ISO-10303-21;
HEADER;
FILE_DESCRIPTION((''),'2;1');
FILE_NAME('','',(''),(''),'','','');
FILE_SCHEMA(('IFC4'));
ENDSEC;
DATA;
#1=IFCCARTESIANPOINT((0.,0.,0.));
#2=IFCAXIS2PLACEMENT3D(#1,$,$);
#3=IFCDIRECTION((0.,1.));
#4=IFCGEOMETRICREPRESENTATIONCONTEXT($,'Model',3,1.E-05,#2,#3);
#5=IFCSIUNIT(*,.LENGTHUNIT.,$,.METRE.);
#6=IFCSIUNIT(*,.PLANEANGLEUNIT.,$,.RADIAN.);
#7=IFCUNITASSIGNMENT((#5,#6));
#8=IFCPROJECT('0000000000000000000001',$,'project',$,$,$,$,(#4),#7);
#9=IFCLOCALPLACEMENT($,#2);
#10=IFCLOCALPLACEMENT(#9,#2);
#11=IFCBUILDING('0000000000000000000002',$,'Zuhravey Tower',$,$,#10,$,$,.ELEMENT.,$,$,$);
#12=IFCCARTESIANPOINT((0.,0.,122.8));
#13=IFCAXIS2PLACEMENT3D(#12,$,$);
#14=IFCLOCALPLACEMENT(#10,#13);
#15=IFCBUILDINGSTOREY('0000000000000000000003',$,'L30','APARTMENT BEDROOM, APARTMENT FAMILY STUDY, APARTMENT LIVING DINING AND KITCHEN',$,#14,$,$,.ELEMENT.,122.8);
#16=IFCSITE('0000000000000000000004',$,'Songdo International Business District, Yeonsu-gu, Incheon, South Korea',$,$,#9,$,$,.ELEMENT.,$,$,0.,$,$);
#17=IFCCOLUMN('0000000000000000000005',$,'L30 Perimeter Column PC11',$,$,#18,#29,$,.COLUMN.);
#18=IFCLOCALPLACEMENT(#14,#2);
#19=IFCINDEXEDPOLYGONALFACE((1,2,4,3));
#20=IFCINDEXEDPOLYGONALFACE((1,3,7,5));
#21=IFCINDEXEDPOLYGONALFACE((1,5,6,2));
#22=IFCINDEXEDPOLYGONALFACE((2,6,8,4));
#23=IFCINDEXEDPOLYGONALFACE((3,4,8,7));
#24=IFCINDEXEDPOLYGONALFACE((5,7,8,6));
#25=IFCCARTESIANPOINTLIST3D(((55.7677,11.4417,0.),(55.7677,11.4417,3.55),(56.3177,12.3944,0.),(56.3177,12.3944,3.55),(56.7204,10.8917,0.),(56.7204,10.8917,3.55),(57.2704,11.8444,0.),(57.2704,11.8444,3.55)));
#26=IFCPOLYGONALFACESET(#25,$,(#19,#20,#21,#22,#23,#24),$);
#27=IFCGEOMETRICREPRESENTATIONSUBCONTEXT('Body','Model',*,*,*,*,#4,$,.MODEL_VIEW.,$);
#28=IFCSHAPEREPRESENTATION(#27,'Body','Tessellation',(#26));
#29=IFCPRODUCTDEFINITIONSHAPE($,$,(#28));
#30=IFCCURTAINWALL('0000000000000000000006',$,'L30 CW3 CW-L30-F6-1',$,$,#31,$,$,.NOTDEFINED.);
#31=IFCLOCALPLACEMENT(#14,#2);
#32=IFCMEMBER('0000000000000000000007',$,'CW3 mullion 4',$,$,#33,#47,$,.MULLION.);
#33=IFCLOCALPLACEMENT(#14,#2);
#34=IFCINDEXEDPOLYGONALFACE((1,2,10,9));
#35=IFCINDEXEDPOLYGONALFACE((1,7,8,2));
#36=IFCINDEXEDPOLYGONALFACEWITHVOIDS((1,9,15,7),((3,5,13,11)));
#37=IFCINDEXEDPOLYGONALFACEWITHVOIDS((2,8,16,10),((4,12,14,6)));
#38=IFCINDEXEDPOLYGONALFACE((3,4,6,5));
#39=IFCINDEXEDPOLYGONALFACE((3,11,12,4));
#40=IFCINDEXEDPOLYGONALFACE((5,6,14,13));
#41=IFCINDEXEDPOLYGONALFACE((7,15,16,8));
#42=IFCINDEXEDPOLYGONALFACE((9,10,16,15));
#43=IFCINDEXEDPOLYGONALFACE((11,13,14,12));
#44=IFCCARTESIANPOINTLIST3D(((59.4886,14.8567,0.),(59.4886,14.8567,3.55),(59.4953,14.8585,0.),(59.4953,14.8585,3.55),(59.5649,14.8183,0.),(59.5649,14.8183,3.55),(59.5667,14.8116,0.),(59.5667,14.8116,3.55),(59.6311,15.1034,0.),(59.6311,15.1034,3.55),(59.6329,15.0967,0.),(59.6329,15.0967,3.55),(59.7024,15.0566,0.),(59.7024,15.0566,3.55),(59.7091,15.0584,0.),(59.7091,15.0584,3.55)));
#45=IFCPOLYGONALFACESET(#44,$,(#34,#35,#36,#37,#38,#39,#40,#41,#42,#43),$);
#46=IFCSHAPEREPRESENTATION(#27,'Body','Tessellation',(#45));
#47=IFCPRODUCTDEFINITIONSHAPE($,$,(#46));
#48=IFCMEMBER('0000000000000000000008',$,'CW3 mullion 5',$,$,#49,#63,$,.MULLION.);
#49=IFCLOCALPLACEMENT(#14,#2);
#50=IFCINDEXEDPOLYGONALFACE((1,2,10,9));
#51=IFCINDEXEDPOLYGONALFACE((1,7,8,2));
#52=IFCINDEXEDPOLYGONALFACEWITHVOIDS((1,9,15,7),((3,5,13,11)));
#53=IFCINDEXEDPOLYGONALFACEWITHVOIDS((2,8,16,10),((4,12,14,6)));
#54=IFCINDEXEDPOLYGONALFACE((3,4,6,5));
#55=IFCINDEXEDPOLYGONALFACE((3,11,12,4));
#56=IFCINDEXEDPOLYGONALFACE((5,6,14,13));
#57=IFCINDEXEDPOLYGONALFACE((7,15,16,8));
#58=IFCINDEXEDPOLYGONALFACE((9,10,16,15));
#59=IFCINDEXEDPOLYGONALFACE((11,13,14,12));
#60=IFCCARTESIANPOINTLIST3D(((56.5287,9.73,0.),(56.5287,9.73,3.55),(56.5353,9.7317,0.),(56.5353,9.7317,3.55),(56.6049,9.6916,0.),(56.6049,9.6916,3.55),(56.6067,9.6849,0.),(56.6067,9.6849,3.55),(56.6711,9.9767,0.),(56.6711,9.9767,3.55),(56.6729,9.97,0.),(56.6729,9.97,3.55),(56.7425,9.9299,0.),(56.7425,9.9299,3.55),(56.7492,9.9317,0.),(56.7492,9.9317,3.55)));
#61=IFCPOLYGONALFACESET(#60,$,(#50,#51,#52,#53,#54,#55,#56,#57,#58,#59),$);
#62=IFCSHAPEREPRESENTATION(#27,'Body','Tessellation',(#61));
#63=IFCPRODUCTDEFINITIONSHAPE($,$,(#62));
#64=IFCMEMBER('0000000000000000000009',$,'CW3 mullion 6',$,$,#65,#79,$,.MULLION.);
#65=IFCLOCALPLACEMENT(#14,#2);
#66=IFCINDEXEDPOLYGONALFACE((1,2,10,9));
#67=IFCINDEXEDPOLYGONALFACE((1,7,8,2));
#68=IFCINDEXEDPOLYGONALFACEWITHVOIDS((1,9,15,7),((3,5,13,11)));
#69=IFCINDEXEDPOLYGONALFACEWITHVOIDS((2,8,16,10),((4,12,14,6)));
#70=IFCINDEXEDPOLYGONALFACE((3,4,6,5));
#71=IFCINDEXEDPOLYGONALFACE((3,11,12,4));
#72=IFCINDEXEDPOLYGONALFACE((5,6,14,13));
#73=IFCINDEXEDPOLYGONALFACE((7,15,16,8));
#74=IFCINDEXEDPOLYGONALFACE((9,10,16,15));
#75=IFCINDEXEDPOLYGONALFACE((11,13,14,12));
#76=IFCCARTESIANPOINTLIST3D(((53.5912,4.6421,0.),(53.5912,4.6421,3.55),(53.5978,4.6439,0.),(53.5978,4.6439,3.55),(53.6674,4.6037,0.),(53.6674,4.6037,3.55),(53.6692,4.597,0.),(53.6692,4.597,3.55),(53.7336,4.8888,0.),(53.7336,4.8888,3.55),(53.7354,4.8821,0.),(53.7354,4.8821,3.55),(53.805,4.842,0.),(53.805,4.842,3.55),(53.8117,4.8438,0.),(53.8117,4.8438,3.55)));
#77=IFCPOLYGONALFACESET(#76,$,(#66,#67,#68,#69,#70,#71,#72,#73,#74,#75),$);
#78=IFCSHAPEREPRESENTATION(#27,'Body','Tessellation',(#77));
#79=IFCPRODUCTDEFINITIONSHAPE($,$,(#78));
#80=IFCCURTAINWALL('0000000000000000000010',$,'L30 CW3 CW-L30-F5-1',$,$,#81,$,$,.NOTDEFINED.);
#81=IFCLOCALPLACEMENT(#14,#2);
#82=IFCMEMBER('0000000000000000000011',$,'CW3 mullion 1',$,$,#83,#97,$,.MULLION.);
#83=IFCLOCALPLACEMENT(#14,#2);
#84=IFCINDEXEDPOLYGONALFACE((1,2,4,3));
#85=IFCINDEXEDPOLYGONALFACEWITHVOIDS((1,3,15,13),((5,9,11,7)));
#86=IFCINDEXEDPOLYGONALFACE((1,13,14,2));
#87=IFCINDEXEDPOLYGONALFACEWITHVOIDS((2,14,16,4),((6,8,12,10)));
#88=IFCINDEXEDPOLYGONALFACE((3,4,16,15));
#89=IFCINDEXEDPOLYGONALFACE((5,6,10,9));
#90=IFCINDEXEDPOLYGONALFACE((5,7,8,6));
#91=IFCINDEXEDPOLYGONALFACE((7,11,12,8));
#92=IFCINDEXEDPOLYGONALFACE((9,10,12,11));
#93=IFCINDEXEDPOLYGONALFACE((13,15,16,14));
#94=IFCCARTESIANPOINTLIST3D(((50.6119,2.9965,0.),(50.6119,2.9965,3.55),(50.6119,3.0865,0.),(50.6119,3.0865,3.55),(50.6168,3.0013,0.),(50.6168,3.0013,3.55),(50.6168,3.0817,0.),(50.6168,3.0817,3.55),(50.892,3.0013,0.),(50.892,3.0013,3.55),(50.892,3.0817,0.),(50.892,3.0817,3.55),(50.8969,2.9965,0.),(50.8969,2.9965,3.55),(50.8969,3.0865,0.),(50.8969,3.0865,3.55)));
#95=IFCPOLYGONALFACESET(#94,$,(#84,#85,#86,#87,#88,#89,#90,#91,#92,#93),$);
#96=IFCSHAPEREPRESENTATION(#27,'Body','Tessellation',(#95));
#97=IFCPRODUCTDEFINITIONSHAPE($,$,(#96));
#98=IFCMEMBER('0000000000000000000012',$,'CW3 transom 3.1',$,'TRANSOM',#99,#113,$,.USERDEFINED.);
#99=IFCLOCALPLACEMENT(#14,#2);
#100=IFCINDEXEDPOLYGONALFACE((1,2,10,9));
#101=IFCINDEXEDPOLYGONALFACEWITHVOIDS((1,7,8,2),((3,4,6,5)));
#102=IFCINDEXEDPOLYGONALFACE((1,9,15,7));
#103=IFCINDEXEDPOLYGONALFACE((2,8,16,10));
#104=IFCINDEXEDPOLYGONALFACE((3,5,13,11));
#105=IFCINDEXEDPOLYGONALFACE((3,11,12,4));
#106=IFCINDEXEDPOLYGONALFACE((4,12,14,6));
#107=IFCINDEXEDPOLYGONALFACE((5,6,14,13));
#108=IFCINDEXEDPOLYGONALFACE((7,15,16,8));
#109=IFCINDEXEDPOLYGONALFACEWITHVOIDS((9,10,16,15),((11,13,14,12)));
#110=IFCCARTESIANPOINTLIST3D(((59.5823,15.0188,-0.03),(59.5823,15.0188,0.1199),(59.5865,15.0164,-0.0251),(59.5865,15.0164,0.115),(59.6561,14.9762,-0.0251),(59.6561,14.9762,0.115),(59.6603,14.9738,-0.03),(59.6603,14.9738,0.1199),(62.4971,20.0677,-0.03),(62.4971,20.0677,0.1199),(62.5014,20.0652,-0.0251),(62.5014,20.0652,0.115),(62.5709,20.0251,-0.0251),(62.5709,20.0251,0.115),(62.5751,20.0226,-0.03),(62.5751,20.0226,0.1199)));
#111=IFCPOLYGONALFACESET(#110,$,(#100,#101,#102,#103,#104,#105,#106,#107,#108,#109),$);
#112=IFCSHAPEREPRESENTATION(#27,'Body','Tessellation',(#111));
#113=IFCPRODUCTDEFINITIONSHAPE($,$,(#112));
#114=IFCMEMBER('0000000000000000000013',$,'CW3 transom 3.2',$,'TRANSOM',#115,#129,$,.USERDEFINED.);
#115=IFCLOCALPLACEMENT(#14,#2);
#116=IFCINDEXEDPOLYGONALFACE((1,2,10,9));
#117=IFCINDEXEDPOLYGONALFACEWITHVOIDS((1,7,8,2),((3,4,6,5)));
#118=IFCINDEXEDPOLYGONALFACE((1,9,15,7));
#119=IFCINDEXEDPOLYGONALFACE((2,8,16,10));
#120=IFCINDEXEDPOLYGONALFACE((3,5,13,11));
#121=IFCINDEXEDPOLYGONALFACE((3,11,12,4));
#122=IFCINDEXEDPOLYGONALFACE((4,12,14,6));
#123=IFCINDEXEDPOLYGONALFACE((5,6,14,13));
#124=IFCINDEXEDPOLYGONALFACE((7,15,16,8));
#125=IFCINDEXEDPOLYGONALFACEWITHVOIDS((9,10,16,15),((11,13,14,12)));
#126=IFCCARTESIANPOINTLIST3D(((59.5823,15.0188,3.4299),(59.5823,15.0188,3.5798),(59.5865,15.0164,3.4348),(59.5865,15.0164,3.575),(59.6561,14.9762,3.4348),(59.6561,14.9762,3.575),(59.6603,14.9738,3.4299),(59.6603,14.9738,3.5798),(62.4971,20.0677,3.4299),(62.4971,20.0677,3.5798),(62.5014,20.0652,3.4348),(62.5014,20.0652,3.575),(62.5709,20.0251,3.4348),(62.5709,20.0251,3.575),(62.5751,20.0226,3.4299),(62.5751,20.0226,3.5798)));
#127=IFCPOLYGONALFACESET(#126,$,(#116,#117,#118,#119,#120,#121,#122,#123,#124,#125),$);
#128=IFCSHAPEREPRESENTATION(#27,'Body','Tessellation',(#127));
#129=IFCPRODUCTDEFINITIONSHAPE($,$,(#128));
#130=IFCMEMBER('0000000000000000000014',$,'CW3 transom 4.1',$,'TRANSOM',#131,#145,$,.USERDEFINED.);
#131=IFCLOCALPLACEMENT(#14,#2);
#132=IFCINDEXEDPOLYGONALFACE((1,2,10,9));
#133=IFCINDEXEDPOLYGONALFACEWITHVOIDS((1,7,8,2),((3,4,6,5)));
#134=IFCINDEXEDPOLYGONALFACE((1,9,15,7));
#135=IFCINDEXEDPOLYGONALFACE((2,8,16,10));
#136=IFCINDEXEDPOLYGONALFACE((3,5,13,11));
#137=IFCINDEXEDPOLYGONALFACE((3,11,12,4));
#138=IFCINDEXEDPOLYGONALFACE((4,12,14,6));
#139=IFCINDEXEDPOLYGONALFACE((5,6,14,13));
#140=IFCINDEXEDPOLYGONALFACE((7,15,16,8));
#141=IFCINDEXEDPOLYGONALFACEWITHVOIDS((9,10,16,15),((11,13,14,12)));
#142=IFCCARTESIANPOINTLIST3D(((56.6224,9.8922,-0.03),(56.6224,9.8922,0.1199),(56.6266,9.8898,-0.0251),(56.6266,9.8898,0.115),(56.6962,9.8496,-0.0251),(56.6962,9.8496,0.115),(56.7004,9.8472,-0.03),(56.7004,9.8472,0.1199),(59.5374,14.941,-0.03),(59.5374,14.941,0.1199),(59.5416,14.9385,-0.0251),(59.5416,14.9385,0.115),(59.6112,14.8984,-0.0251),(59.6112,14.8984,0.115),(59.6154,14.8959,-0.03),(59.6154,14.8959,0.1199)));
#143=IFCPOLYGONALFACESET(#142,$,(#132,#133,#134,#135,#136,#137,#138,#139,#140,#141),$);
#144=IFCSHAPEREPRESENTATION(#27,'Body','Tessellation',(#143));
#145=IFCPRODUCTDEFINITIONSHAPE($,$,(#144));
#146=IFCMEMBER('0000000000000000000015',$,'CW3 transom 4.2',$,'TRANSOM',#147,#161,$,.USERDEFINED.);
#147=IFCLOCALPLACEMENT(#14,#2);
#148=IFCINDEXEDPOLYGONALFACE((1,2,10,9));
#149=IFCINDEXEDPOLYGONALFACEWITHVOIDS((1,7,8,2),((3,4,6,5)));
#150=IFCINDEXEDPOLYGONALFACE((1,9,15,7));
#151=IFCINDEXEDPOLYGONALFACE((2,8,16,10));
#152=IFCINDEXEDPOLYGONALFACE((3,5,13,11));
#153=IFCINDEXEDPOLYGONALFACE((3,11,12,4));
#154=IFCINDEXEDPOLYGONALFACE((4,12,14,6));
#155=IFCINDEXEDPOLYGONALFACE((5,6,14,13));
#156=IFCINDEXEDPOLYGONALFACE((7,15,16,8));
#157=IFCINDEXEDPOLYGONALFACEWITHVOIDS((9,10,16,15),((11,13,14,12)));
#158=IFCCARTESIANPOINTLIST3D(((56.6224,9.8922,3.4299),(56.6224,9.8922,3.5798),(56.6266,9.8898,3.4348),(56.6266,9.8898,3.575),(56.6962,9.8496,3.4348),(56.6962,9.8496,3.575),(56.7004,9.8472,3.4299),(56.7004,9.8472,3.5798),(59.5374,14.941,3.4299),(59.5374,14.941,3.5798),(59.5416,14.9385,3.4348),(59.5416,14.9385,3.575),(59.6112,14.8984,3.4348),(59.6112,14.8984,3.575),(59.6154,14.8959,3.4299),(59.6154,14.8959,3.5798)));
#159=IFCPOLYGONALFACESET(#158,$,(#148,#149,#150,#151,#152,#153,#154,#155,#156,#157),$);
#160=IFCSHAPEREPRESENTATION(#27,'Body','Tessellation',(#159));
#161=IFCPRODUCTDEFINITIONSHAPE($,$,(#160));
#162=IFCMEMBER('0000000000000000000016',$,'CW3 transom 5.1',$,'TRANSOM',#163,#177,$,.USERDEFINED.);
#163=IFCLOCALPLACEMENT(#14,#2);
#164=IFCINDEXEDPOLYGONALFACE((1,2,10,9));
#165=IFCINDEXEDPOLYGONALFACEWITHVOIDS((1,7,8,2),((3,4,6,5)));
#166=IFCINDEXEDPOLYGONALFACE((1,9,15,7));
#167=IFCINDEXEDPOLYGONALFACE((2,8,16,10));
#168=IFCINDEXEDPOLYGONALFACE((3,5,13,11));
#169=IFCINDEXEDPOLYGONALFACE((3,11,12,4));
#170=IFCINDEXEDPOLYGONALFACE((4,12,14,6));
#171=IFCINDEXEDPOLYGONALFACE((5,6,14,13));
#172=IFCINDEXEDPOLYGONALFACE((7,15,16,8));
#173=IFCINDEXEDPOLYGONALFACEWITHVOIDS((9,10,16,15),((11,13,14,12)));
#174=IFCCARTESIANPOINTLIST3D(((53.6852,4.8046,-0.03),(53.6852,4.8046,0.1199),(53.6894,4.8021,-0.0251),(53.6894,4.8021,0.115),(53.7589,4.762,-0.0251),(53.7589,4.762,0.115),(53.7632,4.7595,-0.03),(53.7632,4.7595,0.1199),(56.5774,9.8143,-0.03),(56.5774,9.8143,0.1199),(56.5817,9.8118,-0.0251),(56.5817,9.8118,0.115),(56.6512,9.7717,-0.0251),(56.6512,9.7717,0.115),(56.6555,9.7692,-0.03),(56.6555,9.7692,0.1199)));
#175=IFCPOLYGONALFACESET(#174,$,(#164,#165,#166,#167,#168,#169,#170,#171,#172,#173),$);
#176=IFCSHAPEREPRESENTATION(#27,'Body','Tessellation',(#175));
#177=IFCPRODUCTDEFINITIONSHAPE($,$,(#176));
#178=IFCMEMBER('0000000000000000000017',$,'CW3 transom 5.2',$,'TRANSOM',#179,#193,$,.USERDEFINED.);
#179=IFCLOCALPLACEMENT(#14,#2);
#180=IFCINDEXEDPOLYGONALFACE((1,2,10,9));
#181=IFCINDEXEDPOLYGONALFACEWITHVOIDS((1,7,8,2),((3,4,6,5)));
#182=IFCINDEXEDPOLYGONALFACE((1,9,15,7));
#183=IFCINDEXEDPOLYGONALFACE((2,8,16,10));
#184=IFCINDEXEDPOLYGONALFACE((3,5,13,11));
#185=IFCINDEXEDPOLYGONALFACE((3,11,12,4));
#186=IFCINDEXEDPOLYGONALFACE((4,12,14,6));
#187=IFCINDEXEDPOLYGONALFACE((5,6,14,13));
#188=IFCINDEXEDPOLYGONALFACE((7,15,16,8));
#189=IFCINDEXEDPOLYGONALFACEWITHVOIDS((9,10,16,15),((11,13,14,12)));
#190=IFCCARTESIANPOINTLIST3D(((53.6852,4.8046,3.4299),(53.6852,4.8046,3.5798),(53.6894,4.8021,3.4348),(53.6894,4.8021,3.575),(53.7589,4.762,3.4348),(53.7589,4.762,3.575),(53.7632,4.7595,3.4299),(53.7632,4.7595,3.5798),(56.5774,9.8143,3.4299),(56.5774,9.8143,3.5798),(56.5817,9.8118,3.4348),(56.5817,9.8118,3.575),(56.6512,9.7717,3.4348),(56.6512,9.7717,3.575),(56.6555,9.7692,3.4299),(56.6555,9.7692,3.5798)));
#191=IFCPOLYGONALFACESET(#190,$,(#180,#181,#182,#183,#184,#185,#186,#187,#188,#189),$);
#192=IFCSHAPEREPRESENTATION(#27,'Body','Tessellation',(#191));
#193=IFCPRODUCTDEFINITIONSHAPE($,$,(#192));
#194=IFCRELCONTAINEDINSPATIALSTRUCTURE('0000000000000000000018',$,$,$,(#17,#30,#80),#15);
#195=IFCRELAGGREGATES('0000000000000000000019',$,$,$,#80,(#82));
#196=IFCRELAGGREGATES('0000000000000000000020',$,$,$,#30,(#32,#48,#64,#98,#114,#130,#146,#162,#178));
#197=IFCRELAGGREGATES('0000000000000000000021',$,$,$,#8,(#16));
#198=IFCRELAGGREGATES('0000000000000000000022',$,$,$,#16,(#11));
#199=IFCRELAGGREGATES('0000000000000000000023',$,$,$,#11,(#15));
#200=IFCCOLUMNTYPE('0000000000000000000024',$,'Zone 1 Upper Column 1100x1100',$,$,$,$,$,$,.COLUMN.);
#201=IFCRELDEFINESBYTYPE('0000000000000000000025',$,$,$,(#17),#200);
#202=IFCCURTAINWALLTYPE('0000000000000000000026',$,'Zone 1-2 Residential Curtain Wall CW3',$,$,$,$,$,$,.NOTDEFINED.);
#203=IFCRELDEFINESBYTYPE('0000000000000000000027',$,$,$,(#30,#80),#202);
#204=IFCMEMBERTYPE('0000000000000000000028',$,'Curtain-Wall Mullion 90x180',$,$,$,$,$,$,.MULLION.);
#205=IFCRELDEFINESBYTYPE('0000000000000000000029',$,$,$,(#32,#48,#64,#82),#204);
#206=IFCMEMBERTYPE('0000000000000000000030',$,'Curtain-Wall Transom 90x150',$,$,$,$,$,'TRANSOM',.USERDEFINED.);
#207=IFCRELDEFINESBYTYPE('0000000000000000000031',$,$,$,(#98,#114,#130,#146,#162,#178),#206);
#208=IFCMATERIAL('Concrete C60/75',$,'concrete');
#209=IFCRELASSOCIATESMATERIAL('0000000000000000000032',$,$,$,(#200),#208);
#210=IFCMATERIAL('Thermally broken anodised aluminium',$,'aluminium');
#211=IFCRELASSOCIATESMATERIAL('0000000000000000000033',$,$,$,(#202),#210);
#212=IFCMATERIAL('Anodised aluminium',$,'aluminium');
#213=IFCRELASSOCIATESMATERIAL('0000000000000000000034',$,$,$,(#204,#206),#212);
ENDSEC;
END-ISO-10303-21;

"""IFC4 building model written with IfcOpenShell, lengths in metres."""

from ifc_helpers import new_model, si_unit, direction, frame, origin, origin_2d, place, context, subcontext, project, spatial, rectangle, hollow_rectangle, extrude, material, material_profile, profile_set, type_object, element, aggregate, save


model = new_model("IFC4")

# Units and contexts
model_context = context("Model", 3, precision=1e-05, world=origin(), true_north=direction((0.0, 1.0)))
body_context = subcontext(model_context, "Body", "Model", "MODEL_VIEW")
ifc_project = project(units=[si_unit("LENGTHUNIT", "METRE"), si_unit("PLANEANGLEUNIT", "RADIAN")], contexts=[model_context])

# Site, building, storey
site_placement = place(None, origin())
site = spatial("IfcSite", under=ifc_project, at=site_placement, Name="Songdo International Business District, Yeonsu-gu, Incheon, South Korea", CompositionType="ELEMENT", RefElevation=0.0)
building_placement = place(site_placement, origin())
building = spatial("IfcBuilding", under=site, at=building_placement, Name="Zuhravey Tower", CompositionType="ELEMENT")
storey_placement = place(building_placement, frame((0.0, 0.0, 122.8)))
storey = spatial("IfcBuildingStorey", under=building, at=storey_placement, Name="L30", Description="APARTMENT BEDROOM, APARTMENT FAMILY STUDY, APARTMENT LIVING DINING AND KITCHEN", CompositionType="ELEMENT", Elevation=122.8)

# Column
ifc_material_1 = material(Name="Concrete C60/75", Category="concrete")
ifc_material_profile_1 = material_profile(ifc_material_1, rectangle(XDim=1.1001, YDim=1.1001, at=origin_2d()), Name="RC-1100x1100")
ifc_profile_set_1 = profile_set([ifc_material_profile_1], Name="Concrete C60/75")
column_type = type_object("IfcColumnType", Name="Zone 1 Upper Column 1100x1100", PredefinedType="COLUMN", material=ifc_profile_set_1)
column_placement = place(storey_placement, frame((56.519, 11.6431, 0.0), z_axis=(0.0, 0.0, 1.0), x_axis=(0.5, 0.866025, 0.0)))
element("IfcColumn", 1, at=column_placement, inside=storey, type_object=column_type, Name="L30 Perimeter Column PC11", PredefinedType="COLUMN", context=body_context, shape_type="SweptSolid", body=[
    extrude(rectangle(XDim=1.1001, YDim=1.1001, at=origin_2d()), origin(), (0.0, 0.0, 1.0), 3.55),
])

# Curtain wall, members
ifc_material_2 = material(Name="Thermally broken anodised aluminium", Category="aluminium")
curtain_wall_type = type_object("IfcCurtainWallType", Name="Zone 1-2 Residential Curtain Wall CW3", PredefinedType="NOTDEFINED", material=ifc_material_2)
curtain_wall_1_placement = place(storey_placement, origin())
curtain_wall_1 = element("IfcCurtainWall", 2, at=curtain_wall_1_placement, inside=storey, type_object=curtain_wall_type, Name="L30 CW3 CW-L30-F6-1", PredefinedType="NOTDEFINED")
ifc_material_3 = material(Name="Anodised aluminium", Category="aluminium")
ifc_material_profile_2 = material_profile(ifc_material_3, hollow_rectangle(XDim=0.0901, YDim=0.2849, WallThickness=0.0049, at=origin_2d()), Name="ALU-RHS-90x285x5")
ifc_profile_set_2 = profile_set([ifc_material_profile_2], Name="Anodised aluminium")
member_type_1 = type_object("IfcMemberType", Name="Curtain-Wall Mullion 90x180", PredefinedType="MULLION", material=ifc_profile_set_2)
member_1_placement = place(storey_placement, frame((59.5989, 14.9575, 0.0), z_axis=(0.0, 0.0, 1.0), x_axis=(0.866026, -0.5, 0.0)))
member_1 = element("IfcMember", 3, at=member_1_placement, type_object=member_type_1, Name="CW3 mullion 4", PredefinedType="MULLION", context=body_context, shape_type="SweptSolid", body=[
    extrude(hollow_rectangle(XDim=0.0901, YDim=0.2849, WallThickness=0.0049, at=origin_2d()), origin(), (0.0, 0.0, 1.0), 3.55),
])
member_2_placement = place(storey_placement, frame((56.6389, 9.8308, 0.0), z_axis=(0.0, 0.0, 1.0), x_axis=(0.866026, -0.5, 0.0)))
member_2 = element("IfcMember", 4, at=member_2_placement, type_object=member_type_1, Name="CW3 mullion 5", PredefinedType="MULLION", context=body_context, shape_type="SweptSolid", body=[
    extrude(hollow_rectangle(XDim=0.0901, YDim=0.2849, WallThickness=0.0049, at=origin_2d()), origin(), (0.0, 0.0, 1.0), 3.55),
])
member_3_placement = place(storey_placement, frame((53.7014, 4.7429, 0.0), z_axis=(0.0, 0.0, 1.0), x_axis=(0.866026, -0.5, 0.0)))
member_3 = element("IfcMember", 5, at=member_3_placement, type_object=member_type_1, Name="CW3 mullion 6", PredefinedType="MULLION", context=body_context, shape_type="SweptSolid", body=[
    extrude(hollow_rectangle(XDim=0.0901, YDim=0.2849, WallThickness=0.0049, at=origin_2d()), origin(), (0.0, 0.0, 1.0), 3.55),
])

# Curtain wall, member
curtain_wall_2_placement = place(storey_placement, origin())
curtain_wall_2 = element("IfcCurtainWall", 6, at=curtain_wall_2_placement, inside=storey, type_object=curtain_wall_type, Name="L30 CW3 CW-L30-F5-1", PredefinedType="NOTDEFINED")
member_4_placement = place(storey_placement, frame((50.7544, 3.0415, 0.0), z_axis=(0.0, 0.0, 1.0), x_axis=(0.0, -1.0, 0.0)))
member_4 = element("IfcMember", 7, at=member_4_placement, type_object=member_type_1, Name="CW3 mullion 1", PredefinedType="MULLION", context=body_context, shape_type="SweptSolid", body=[
    extrude(hollow_rectangle(XDim=0.0901, YDim=0.2849, WallThickness=0.0049, at=origin_2d()), origin(), (0.0, 0.0, 1.0), 3.55),
])

# Members
ifc_material_profile_3 = material_profile(ifc_material_3, hollow_rectangle(XDim=0.0901, YDim=0.1499, WallThickness=0.0049, at=origin_2d()), Name="ALU-RHS-90x150x5")
ifc_profile_set_3 = profile_set([ifc_material_profile_3], Name="Anodised aluminium")
member_type_2 = type_object("IfcMemberType", Name="Curtain-Wall Transom 90x150", ElementType="TRANSOM", PredefinedType="USERDEFINED", material=ifc_profile_set_3)
member_5_placement = place(storey_placement, frame((62.5361, 20.0452, 0.0449), z_axis=(-0.499981, -0.866036, 0.0), x_axis=(0.866036, -0.499981, 0.0)))
member_5 = element("IfcMember", 8, at=member_5_placement, type_object=member_type_2, Name="CW3 transom 3.1", ObjectType="TRANSOM", PredefinedType="USERDEFINED", context=body_context, shape_type="SweptSolid", body=[
    extrude(hollow_rectangle(XDim=0.0901, YDim=0.1499, WallThickness=0.0049, at=origin_2d()), origin(), (0.0, 0.0, 1.0), 5.8298),
])
member_6_placement = place(storey_placement, frame((62.5361, 20.0452, 3.5049), z_axis=(-0.499981, -0.866036, 0.0), x_axis=(0.866036, -0.499981, 0.0)))
member_6 = element("IfcMember", 9, at=member_6_placement, type_object=member_type_2, Name="CW3 transom 3.2", ObjectType="TRANSOM", PredefinedType="USERDEFINED", context=body_context, shape_type="SweptSolid", body=[
    extrude(hollow_rectangle(XDim=0.0901, YDim=0.1499, WallThickness=0.0049, at=origin_2d()), origin(), (0.0, 0.0, 1.0), 5.8298),
])
member_7_placement = place(storey_placement, frame((59.5764, 14.9185, 0.0449), z_axis=(-0.500012, -0.866018, 0.0), x_axis=(0.866018, -0.500012, 0.0)))
member_7 = element("IfcMember", 10, at=member_7_placement, type_object=member_type_2, Name="CW3 transom 4.1", ObjectType="TRANSOM", PredefinedType="USERDEFINED", context=body_context, shape_type="SweptSolid", body=[
    extrude(hollow_rectangle(XDim=0.0901, YDim=0.1499, WallThickness=0.0049, at=origin_2d()), origin(), (0.0, 0.0, 1.0), 5.8298),
])
member_8_placement = place(storey_placement, frame((59.5764, 14.9185, 3.5049), z_axis=(-0.500012, -0.866018, 0.0), x_axis=(0.866018, -0.500012, 0.0)))
member_8 = element("IfcMember", 11, at=member_8_placement, type_object=member_type_2, Name="CW3 transom 4.2", ObjectType="TRANSOM", PredefinedType="USERDEFINED", context=body_context, shape_type="SweptSolid", body=[
    extrude(hollow_rectangle(XDim=0.0901, YDim=0.1499, WallThickness=0.0049, at=origin_2d()), origin(), (0.0, 0.0, 1.0), 5.8298),
])
member_9_placement = place(storey_placement, frame((56.6165, 9.7917, 0.0449), z_axis=(-0.499993, -0.86603, 0.0), x_axis=(0.86603, -0.499993, 0.0)))
member_9 = element("IfcMember", 12, at=member_9_placement, type_object=member_type_2, Name="CW3 transom 5.1", ObjectType="TRANSOM", PredefinedType="USERDEFINED", context=body_context, shape_type="SweptSolid", body=[
    extrude(hollow_rectangle(XDim=0.0901, YDim=0.1499, WallThickness=0.0049, at=origin_2d()), origin(), (0.0, 0.0, 1.0), 5.7847),
])
member_10_placement = place(storey_placement, frame((56.6165, 9.7917, 3.5049), z_axis=(-0.499993, -0.86603, 0.0), x_axis=(0.86603, -0.499993, 0.0)))
member_10 = element("IfcMember", 13, at=member_10_placement, type_object=member_type_2, Name="CW3 transom 5.2", ObjectType="TRANSOM", PredefinedType="USERDEFINED", context=body_context, shape_type="SweptSolid", body=[
    extrude(hollow_rectangle(XDim=0.0901, YDim=0.1499, WallThickness=0.0049, at=origin_2d()), origin(), (0.0, 0.0, 1.0), 5.7847),
])
aggregate(curtain_wall_2, [member_4])

aggregate(curtain_wall_1, [member_1, member_2, member_3, member_5, member_6, member_7, member_8, member_9, member_10])

save(model, "model.ifc")
